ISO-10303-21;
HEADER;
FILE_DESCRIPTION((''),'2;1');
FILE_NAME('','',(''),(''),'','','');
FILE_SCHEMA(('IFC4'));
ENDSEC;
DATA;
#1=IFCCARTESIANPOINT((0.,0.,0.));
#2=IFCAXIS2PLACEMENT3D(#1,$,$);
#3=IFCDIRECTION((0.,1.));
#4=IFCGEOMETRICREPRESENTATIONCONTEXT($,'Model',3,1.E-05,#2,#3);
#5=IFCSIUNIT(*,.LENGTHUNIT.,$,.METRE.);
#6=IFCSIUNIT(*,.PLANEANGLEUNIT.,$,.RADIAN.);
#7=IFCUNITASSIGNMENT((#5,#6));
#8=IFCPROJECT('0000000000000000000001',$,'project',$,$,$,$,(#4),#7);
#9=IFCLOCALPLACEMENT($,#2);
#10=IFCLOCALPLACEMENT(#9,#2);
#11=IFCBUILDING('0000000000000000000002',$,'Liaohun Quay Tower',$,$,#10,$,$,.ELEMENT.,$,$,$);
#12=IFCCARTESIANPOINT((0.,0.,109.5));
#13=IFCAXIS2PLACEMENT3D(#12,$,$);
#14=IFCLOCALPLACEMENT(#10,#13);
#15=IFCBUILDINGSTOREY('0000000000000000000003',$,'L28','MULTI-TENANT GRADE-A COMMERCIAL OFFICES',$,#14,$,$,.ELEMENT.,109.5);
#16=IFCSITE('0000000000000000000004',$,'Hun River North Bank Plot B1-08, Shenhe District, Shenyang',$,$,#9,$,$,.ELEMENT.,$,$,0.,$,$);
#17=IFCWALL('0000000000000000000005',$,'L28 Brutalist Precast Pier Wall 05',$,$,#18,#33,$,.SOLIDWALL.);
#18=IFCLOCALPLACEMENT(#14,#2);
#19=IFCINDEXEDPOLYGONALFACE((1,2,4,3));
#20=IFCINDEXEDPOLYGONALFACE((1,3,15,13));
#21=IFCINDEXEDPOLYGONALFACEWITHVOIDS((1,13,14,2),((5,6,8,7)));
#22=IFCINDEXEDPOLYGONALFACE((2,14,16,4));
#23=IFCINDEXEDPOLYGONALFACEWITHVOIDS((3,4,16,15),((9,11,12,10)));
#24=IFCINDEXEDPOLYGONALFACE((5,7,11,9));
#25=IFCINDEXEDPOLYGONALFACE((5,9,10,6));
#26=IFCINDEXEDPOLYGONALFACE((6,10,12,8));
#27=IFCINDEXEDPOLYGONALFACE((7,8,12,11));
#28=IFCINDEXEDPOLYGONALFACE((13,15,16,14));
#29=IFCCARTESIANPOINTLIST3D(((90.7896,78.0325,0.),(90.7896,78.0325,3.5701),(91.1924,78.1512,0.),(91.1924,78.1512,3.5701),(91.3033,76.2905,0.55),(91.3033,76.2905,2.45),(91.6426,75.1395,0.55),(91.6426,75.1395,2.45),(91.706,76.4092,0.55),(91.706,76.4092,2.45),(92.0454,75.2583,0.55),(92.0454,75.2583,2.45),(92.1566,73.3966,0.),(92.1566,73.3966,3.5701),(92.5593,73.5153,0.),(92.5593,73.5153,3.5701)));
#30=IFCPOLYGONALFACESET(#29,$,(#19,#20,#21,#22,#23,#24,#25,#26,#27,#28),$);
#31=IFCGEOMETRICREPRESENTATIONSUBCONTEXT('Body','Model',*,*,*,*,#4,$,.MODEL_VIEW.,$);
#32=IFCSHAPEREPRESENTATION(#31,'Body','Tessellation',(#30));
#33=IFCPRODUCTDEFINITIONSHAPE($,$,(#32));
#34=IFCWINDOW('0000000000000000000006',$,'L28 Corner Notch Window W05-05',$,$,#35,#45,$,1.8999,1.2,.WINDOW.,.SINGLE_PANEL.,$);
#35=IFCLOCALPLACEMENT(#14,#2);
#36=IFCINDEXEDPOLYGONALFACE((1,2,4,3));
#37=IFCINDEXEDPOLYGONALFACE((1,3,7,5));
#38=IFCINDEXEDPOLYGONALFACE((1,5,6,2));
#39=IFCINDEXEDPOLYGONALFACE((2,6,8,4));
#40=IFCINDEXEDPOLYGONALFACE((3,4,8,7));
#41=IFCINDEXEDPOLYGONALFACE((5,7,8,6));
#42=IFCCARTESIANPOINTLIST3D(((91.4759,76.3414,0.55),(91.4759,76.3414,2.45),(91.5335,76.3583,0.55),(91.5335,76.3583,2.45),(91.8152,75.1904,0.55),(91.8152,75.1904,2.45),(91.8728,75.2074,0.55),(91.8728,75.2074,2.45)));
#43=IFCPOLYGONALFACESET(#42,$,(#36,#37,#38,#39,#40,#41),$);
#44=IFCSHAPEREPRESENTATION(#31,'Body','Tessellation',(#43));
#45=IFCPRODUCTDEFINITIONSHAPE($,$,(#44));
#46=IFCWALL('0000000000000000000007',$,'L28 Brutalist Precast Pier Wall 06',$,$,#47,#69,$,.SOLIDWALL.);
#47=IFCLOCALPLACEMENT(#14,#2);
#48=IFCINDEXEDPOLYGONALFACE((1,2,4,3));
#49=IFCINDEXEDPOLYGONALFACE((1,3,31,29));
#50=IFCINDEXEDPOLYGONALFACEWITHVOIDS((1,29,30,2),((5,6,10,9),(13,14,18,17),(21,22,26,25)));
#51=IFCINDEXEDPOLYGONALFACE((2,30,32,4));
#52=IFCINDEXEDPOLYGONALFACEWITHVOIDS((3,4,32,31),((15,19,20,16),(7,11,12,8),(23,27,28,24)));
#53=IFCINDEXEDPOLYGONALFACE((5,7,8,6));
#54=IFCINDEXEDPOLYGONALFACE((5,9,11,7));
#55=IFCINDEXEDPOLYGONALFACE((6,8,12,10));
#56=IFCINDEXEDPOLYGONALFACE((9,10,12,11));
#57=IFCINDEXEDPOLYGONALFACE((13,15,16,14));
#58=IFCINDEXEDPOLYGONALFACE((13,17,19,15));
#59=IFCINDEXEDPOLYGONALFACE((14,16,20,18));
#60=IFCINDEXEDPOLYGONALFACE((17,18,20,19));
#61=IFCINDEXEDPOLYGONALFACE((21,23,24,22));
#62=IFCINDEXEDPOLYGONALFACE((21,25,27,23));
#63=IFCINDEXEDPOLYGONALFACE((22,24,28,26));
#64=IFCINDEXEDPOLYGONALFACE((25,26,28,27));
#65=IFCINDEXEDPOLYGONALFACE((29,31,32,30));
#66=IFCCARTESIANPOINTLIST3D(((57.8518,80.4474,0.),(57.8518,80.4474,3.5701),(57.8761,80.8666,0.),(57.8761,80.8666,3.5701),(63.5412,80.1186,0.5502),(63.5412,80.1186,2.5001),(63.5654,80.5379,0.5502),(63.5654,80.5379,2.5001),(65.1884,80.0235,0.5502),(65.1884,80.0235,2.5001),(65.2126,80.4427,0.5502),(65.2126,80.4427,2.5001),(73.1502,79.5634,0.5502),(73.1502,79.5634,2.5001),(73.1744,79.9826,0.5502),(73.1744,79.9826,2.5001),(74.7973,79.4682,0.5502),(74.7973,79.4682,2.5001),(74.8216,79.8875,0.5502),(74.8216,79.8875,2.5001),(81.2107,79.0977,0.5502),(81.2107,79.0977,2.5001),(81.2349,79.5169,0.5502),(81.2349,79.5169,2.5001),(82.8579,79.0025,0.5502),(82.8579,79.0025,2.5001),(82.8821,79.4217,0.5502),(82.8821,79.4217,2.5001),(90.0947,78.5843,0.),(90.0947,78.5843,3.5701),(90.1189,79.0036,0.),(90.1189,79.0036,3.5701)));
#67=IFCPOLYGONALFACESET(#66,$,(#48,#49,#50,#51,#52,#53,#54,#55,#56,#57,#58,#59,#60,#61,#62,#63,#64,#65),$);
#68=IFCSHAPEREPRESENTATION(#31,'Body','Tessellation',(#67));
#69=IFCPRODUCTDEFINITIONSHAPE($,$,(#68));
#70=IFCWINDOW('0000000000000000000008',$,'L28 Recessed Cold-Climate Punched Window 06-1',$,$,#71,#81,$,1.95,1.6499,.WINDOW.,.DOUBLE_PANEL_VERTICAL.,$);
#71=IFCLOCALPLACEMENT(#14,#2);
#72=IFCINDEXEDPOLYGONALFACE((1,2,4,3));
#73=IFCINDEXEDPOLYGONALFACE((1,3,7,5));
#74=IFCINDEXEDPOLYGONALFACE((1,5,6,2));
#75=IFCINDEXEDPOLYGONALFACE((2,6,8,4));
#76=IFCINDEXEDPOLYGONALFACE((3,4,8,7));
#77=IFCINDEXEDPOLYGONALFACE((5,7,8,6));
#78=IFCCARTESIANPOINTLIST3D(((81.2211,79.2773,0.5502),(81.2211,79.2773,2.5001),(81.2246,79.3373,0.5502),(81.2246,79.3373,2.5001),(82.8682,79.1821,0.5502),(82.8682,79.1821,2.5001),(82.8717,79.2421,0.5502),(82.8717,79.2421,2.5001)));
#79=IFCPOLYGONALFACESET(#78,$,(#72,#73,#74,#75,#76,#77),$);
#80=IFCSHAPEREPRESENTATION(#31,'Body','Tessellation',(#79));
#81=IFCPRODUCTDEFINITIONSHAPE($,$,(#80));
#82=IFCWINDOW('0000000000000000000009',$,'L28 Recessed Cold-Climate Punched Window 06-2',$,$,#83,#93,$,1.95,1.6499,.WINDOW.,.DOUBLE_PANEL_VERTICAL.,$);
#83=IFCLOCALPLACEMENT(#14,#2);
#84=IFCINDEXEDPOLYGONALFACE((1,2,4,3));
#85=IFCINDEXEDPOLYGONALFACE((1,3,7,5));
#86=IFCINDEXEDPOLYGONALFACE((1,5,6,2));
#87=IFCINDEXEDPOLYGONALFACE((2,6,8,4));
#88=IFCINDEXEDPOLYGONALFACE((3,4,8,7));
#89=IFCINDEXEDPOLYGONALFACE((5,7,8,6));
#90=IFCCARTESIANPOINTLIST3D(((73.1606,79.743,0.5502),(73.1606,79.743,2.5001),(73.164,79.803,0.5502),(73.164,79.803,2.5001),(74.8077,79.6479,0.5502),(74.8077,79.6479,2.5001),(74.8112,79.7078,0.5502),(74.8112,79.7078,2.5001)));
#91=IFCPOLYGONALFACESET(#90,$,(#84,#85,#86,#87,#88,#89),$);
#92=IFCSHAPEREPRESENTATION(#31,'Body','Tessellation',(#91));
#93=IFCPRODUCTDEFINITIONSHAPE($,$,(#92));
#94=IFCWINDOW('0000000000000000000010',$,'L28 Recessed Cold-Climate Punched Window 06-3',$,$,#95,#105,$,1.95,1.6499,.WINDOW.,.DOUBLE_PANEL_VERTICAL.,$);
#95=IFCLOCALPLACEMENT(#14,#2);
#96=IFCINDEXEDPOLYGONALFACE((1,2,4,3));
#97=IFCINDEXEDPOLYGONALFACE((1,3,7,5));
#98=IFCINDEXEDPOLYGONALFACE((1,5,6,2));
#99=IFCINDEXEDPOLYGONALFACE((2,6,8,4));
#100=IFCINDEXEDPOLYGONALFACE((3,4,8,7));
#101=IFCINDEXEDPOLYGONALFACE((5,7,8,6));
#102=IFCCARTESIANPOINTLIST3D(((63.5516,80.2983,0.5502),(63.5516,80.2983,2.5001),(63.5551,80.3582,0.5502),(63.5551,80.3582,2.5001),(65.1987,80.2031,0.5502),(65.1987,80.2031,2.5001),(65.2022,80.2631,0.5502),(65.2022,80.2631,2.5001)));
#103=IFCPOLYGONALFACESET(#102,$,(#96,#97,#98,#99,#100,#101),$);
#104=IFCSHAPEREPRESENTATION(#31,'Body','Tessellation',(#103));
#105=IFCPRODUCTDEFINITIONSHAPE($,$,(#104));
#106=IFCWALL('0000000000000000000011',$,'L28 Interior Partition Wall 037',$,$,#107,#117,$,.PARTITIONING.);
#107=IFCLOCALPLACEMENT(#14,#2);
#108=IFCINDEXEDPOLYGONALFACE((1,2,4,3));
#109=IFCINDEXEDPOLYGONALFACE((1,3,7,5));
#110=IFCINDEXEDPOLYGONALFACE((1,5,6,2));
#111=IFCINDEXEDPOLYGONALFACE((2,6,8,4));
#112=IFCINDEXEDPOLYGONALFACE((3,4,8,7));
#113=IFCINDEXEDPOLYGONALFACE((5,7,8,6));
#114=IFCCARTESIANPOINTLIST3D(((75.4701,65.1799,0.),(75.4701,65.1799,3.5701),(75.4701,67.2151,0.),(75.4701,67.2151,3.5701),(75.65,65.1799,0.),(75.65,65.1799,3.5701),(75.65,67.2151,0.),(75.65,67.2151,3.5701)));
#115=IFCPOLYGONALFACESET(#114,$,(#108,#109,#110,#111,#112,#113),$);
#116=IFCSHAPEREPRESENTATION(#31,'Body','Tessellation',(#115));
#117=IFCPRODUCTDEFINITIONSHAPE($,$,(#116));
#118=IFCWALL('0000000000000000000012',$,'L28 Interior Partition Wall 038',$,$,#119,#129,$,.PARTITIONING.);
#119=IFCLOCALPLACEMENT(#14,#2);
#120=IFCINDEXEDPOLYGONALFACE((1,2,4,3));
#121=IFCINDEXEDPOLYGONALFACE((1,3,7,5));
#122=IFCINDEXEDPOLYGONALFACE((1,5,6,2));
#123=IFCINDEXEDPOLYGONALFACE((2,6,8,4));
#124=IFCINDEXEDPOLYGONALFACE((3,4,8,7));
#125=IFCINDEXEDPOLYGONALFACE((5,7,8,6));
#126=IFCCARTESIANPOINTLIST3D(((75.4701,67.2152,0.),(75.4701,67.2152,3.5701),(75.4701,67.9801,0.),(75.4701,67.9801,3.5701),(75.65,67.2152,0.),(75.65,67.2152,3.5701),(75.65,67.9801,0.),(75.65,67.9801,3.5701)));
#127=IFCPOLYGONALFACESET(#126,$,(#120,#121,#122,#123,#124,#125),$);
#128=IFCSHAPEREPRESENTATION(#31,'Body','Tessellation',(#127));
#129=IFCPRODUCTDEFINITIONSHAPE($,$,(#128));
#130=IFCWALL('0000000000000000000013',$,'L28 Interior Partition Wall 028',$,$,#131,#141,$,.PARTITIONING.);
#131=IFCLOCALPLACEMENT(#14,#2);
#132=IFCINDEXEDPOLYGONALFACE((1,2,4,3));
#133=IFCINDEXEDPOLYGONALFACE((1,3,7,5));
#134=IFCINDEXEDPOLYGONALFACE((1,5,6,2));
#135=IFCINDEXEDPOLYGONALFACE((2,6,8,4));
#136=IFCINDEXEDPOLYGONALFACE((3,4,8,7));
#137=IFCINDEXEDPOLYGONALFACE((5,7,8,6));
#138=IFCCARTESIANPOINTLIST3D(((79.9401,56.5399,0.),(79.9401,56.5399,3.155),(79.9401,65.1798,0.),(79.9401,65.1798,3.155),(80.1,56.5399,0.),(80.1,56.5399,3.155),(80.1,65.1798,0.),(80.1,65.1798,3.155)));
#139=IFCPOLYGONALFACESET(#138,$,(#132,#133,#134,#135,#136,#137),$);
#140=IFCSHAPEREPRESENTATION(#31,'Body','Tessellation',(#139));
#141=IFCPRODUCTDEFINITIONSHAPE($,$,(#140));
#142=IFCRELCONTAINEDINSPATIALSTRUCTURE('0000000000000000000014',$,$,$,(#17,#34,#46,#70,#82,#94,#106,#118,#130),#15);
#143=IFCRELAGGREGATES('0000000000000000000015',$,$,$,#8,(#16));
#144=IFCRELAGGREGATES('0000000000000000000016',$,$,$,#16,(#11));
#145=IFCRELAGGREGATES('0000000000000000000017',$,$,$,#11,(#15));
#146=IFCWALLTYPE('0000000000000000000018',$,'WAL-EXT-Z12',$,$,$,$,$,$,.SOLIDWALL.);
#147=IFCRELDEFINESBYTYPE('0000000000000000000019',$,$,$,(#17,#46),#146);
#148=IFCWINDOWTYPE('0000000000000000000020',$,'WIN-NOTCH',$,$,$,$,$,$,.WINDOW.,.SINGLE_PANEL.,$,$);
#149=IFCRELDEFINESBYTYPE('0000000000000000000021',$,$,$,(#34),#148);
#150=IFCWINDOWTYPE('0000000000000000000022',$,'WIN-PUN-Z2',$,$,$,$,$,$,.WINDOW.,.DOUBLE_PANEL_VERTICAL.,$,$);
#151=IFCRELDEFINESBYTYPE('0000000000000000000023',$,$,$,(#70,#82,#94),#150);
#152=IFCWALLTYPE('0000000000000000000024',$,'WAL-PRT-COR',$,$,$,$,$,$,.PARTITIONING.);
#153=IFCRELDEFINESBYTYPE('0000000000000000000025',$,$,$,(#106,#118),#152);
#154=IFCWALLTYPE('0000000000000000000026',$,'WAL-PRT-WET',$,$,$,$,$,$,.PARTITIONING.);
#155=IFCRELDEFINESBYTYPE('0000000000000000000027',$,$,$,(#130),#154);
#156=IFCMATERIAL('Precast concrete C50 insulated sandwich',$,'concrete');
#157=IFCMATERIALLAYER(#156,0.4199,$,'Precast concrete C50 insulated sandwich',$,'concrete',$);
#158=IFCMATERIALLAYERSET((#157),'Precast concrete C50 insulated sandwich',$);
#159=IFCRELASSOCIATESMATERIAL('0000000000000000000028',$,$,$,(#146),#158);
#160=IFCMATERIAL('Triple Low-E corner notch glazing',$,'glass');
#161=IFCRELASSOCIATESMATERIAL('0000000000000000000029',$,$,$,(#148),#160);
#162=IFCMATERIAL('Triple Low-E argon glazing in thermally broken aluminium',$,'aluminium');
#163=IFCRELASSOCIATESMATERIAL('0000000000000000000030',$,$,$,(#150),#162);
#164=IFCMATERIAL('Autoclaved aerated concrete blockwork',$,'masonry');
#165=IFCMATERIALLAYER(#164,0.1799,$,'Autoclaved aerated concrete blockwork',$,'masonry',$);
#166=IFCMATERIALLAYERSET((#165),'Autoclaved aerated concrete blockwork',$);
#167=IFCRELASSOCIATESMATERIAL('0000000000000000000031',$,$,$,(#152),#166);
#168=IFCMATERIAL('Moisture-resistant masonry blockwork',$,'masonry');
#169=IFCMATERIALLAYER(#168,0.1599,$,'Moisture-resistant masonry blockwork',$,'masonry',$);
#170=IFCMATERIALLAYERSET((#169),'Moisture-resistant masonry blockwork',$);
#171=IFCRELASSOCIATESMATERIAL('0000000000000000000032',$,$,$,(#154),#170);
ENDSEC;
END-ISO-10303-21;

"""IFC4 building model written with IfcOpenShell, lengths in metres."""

from ifc_helpers import new_model, si_unit, direction, frame, frame_2d, origin, place, context, subcontext, project, spatial, rectangle, extrude, source, transform, mapped, material, layer, layer_set, type_object, element, fill, save


model = new_model("IFC4")

# Units and contexts
model_context = context("Model", 3, precision=1e-05, world=origin(), true_north=direction((0.0, 1.0)))
body_context = subcontext(model_context, "Body", "Model", "MODEL_VIEW")
ifc_project = project(units=[si_unit("LENGTHUNIT", "METRE"), si_unit("PLANEANGLEUNIT", "RADIAN")], contexts=[model_context])

# Site, building, storey
site_placement = place(None, origin())
site = spatial("IfcSite", under=ifc_project, at=site_placement, Name="Hun River North Bank Plot B1-08, Shenhe District, Shenyang", CompositionType="ELEMENT", RefElevation=0.0)
building_placement = place(site_placement, origin())
building = spatial("IfcBuilding", under=site, at=building_placement, Name="Liaohun Quay Tower", CompositionType="ELEMENT")
storey_placement = place(building_placement, frame((0.0, 0.0, 109.5)))
storey = spatial("IfcBuildingStorey", under=building, at=storey_placement, Name="L28", Description="MULTI-TENANT GRADE-A COMMERCIAL OFFICES", CompositionType="ELEMENT", Elevation=109.5)

# Wall, opening, window
ifc_material_1 = material(Name="Precast concrete C50 insulated sandwich", Category="concrete")
ifc_layer_1 = layer(ifc_material_1, 0.4199, Name="Precast concrete C50 insulated sandwich", Category="concrete")
ifc_layer_set_1 = layer_set([ifc_layer_1], Name="Precast concrete C50 insulated sandwich")
wall_type_1 = type_object("IfcWallType", Name="WAL-EXT-Z12", PredefinedType="SOLIDWALL", material=ifc_layer_set_1)
shared_shape_1 = source(origin(), body_context, "Body", "SweptSolid", [
    extrude(rectangle(XDim=1.2, YDim=1.8999, at=frame_2d((0.6001, 0.95))), frame((0.0, 0.22, 0.0), z_axis=(0.0, -1.0, 0.0), x_axis=(1.0, 0.0, 0.0)), (0.0, 0.0, 1.0), 0.4399),
])
ifc_material_2 = material(Name="Triple Low-E corner notch glazing", Category="glass")
window_type_1 = type_object("IfcWindowType", Name="WIN-NOTCH", PartitioningType="SINGLE_PANEL", PredefinedType="WINDOW", material=ifc_material_2)
shared_shape_2 = source(origin(), body_context, "Body", "SweptSolid", [
    extrude(rectangle(XDim=1.2, YDim=1.8999, at=frame_2d((0.6001, 0.95))), frame((0.0, 0.03, 0.0), z_axis=(0.0, -1.0, 0.0), x_axis=(1.0, 0.0, 0.0)), (0.0, 0.0, 1.0), 0.0601),
])
wall_1_placement = place(storey_placement, frame((92.3579, 73.4561, 0.0), z_axis=(0.0, 0.0, 1.0), x_axis=(-0.282817, 0.959174, 0.0)))
wall_1 = element("IfcWall", 1, at=wall_1_placement, inside=storey, type_object=wall_type_1, Name="L28 Brutalist Precast Pier Wall 05", PredefinedType="SOLIDWALL", context=body_context, shape_type="SweptSolid", body=[
    extrude(rectangle(XDim=4.8333, YDim=0.4199, at=frame_2d((2.4165, 0.0))), origin(), (0.0, 0.0, 1.0), 3.5701),
])
opening_1_placement = place(wall_1_placement, frame((1.8169, 0.0, 0.55)))
opening_1 = element("IfcOpeningElement", 2, at=opening_1_placement, cuts=wall_1, PredefinedType="OPENING", context=body_context, shape_type="MappedRepresentation", body=[
    mapped(shared_shape_1, transform((0.0, 0.0, 0.0), x_axis=(1.0, 0.0, 0.0), y_axis=(0.0, 1.0, 0.0), z_axis=(0.0, 0.0, 1.0), scale=1.0)),
])
window_1_placement = place(opening_1_placement, origin())
window_1 = element("IfcWindow", 3, at=window_1_placement, inside=storey, type_object=window_type_1, Name="L28 Corner Notch Window W05-05", OverallHeight=1.8999, OverallWidth=1.2, PartitioningType="SINGLE_PANEL", PredefinedType="WINDOW", context=body_context, shape_type="MappedRepresentation", body=[
    mapped(shared_shape_2, transform((0.0, 0.0, 0.0), x_axis=(1.0, 0.0, 0.0), y_axis=(0.0, 1.0, 0.0), z_axis=(0.0, 0.0, 1.0), scale=1.0)),
])
fill(opening_1, window_1)

# Wall, openings, windows
wall_2_placement = place(storey_placement, frame((90.1069, 78.7939, 0.0), z_axis=(0.0, 0.0, 1.0), x_axis=(-0.998335, 0.057685, 0.0)))
wall_2 = element("IfcWall", 4, at=wall_2_placement, inside=storey, type_object=wall_type_1, Name="L28 Brutalist Precast Pier Wall 06", PredefinedType="SOLIDWALL", context=body_context, shape_type="SweptSolid", body=[
    extrude(rectangle(XDim=32.2966, YDim=0.4199, at=frame_2d((16.1484, 0.0))), origin(), (0.0, 0.0, 1.0), 3.5701),
])
shared_shape_3 = source(origin(), body_context, "Body", "SweptSolid", [
    extrude(rectangle(XDim=1.6499, YDim=1.95, at=frame_2d((0.825, 0.9751))), frame((0.0, 0.22, 0.0), z_axis=(0.0, -1.0, 0.0), x_axis=(1.0, 0.0, 0.0)), (0.0, 0.0, 1.0), 0.4399),
])
opening_2_placement = place(wall_2_placement, frame((7.249, 0.0, 0.55)))
opening_2 = element("IfcOpeningElement", 5, at=opening_2_placement, cuts=wall_2, PredefinedType="OPENING", context=body_context, shape_type="MappedRepresentation", body=[
    mapped(shared_shape_3, transform((0.0, 0.0, 0.0), x_axis=(1.0, 0.0, 0.0), y_axis=(0.0, 1.0, 0.0), z_axis=(0.0, 0.0, 1.0), scale=1.0)),
])
opening_3_placement = place(wall_2_placement, frame((15.323, 0.0, 0.55)))
opening_3 = element("IfcOpeningElement", 6, at=opening_3_placement, cuts=wall_2, PredefinedType="OPENING", context=body_context, shape_type="MappedRepresentation", body=[
    mapped(shared_shape_3, transform((0.0, 0.0, 0.0), x_axis=(1.0, 0.0, 0.0), y_axis=(0.0, 1.0, 0.0), z_axis=(0.0, 0.0, 1.0), scale=1.0)),
])
opening_4_placement = place(wall_2_placement, frame((24.948, 0.0, 0.55)))
opening_4 = element("IfcOpeningElement", 7, at=opening_4_placement, cuts=wall_2, PredefinedType="OPENING", context=body_context, shape_type="MappedRepresentation", body=[
    mapped(shared_shape_3, transform((0.0, 0.0, 0.0), x_axis=(1.0, 0.0, 0.0), y_axis=(0.0, 1.0, 0.0), z_axis=(0.0, 0.0, 1.0), scale=1.0)),
])
ifc_material_3 = material(Name="Triple Low-E argon glazing in thermally broken aluminium", Category="aluminium")
window_type_2 = type_object("IfcWindowType", Name="WIN-PUN-Z2", PartitioningType="DOUBLE_PANEL_VERTICAL", PredefinedType="WINDOW", material=ifc_material_3)
shared_shape_4 = source(origin(), body_context, "Body", "SweptSolid", [
    extrude(rectangle(XDim=1.6499, YDim=1.95, at=frame_2d((0.825, 0.9751))), frame((0.0, 0.03, 0.0), z_axis=(0.0, -1.0, 0.0), x_axis=(1.0, 0.0, 0.0)), (0.0, 0.0, 1.0), 0.0601),
])
window_2_placement = place(opening_2_placement, origin())
window_2 = element("IfcWindow", 8, at=window_2_placement, inside=storey, type_object=window_type_2, Name="L28 Recessed Cold-Climate Punched Window 06-1", OverallHeight=1.95, OverallWidth=1.6499, PartitioningType="DOUBLE_PANEL_VERTICAL", PredefinedType="WINDOW", context=body_context, shape_type="MappedRepresentation", body=[
    mapped(shared_shape_4, transform((0.0, 0.0, 0.0), x_axis=(1.0, 0.0, 0.0), y_axis=(0.0, 1.0, 0.0), z_axis=(0.0, 0.0, 1.0), scale=1.0)),
])
fill(opening_2, window_2)
window_3_placement = place(opening_3_placement, origin())
window_3 = element("IfcWindow", 9, at=window_3_placement, inside=storey, type_object=window_type_2, Name="L28 Recessed Cold-Climate Punched Window 06-2", OverallHeight=1.95, OverallWidth=1.6499, PartitioningType="DOUBLE_PANEL_VERTICAL", PredefinedType="WINDOW", context=body_context, shape_type="MappedRepresentation", body=[
    mapped(shared_shape_4, transform((0.0, 0.0, 0.0), x_axis=(1.0, 0.0, 0.0), y_axis=(0.0, 1.0, 0.0), z_axis=(0.0, 0.0, 1.0), scale=1.0)),
])
fill(opening_3, window_3)
window_4_placement = place(opening_4_placement, origin())
window_4 = element("IfcWindow", 10, at=window_4_placement, inside=storey, type_object=window_type_2, Name="L28 Recessed Cold-Climate Punched Window 06-3", OverallHeight=1.95, OverallWidth=1.6499, PartitioningType="DOUBLE_PANEL_VERTICAL", PredefinedType="WINDOW", context=body_context, shape_type="MappedRepresentation", body=[
    mapped(shared_shape_4, transform((0.0, 0.0, 0.0), x_axis=(1.0, 0.0, 0.0), y_axis=(0.0, 1.0, 0.0), z_axis=(0.0, 0.0, 1.0), scale=1.0)),
])
fill(opening_4, window_4)

# Walls
ifc_material_4 = material(Name="Autoclaved aerated concrete blockwork", Category="masonry")
ifc_layer_2 = layer(ifc_material_4, 0.1799, Name="Autoclaved aerated concrete blockwork", Category="masonry")
ifc_layer_set_2 = layer_set([ifc_layer_2], Name="Autoclaved aerated concrete blockwork")
wall_type_2 = type_object("IfcWallType", Name="WAL-PRT-COR", PredefinedType="PARTITIONING", material=ifc_layer_set_2)
wall_3_placement = place(storey_placement, frame((75.5601, 67.2151, 0.0), z_axis=(0.0, 0.0, 1.0), x_axis=(0.0, -1.0, 0.0)))
element("IfcWall", 11, at=wall_3_placement, inside=storey, type_object=wall_type_2, Name="L28 Interior Partition Wall 037", PredefinedType="PARTITIONING", context=body_context, shape_type="SweptSolid", body=[
    extrude(rectangle(XDim=2.0352, YDim=0.1799, at=frame_2d((1.0176, 0.0))), origin(), (0.0, 0.0, 1.0), 3.5701),
])
wall_4_placement = place(storey_placement, frame((75.5601, 67.98, 0.0), z_axis=(0.0, 0.0, 1.0), x_axis=(0.0, -1.0, 0.0)))
element("IfcWall", 12, at=wall_4_placement, inside=storey, type_object=wall_type_2, Name="L28 Interior Partition Wall 038", PredefinedType="PARTITIONING", context=body_context, shape_type="SweptSolid", body=[
    extrude(rectangle(XDim=0.7649, YDim=0.1799, at=frame_2d((0.3823, 0.0))), origin(), (0.0, 0.0, 1.0), 3.5701),
])
ifc_material_5 = material(Name="Moisture-resistant masonry blockwork", Category="masonry")
ifc_layer_3 = layer(ifc_material_5, 0.1599, Name="Moisture-resistant masonry blockwork", Category="masonry")
ifc_layer_set_3 = layer_set([ifc_layer_3], Name="Moisture-resistant masonry blockwork")
wall_type_3 = type_object("IfcWallType", Name="WAL-PRT-WET", PredefinedType="PARTITIONING", material=ifc_layer_set_3)
wall_5_placement = place(storey_placement, frame((80.02, 56.54, 0.0), z_axis=(0.0, 0.0, 1.0), x_axis=(0.0, 1.0, 0.0)))
element("IfcWall", 13, at=wall_5_placement, inside=storey, type_object=wall_type_3, Name="L28 Interior Partition Wall 028", PredefinedType="PARTITIONING", context=body_context, shape_type="SweptSolid", body=[
    extrude(rectangle(XDim=8.6399, YDim=0.1599, at=frame_2d((4.3198, 0.0))), origin(), (0.0, 0.0, 1.0), 3.155),
])

save(model, "model.ifc")
